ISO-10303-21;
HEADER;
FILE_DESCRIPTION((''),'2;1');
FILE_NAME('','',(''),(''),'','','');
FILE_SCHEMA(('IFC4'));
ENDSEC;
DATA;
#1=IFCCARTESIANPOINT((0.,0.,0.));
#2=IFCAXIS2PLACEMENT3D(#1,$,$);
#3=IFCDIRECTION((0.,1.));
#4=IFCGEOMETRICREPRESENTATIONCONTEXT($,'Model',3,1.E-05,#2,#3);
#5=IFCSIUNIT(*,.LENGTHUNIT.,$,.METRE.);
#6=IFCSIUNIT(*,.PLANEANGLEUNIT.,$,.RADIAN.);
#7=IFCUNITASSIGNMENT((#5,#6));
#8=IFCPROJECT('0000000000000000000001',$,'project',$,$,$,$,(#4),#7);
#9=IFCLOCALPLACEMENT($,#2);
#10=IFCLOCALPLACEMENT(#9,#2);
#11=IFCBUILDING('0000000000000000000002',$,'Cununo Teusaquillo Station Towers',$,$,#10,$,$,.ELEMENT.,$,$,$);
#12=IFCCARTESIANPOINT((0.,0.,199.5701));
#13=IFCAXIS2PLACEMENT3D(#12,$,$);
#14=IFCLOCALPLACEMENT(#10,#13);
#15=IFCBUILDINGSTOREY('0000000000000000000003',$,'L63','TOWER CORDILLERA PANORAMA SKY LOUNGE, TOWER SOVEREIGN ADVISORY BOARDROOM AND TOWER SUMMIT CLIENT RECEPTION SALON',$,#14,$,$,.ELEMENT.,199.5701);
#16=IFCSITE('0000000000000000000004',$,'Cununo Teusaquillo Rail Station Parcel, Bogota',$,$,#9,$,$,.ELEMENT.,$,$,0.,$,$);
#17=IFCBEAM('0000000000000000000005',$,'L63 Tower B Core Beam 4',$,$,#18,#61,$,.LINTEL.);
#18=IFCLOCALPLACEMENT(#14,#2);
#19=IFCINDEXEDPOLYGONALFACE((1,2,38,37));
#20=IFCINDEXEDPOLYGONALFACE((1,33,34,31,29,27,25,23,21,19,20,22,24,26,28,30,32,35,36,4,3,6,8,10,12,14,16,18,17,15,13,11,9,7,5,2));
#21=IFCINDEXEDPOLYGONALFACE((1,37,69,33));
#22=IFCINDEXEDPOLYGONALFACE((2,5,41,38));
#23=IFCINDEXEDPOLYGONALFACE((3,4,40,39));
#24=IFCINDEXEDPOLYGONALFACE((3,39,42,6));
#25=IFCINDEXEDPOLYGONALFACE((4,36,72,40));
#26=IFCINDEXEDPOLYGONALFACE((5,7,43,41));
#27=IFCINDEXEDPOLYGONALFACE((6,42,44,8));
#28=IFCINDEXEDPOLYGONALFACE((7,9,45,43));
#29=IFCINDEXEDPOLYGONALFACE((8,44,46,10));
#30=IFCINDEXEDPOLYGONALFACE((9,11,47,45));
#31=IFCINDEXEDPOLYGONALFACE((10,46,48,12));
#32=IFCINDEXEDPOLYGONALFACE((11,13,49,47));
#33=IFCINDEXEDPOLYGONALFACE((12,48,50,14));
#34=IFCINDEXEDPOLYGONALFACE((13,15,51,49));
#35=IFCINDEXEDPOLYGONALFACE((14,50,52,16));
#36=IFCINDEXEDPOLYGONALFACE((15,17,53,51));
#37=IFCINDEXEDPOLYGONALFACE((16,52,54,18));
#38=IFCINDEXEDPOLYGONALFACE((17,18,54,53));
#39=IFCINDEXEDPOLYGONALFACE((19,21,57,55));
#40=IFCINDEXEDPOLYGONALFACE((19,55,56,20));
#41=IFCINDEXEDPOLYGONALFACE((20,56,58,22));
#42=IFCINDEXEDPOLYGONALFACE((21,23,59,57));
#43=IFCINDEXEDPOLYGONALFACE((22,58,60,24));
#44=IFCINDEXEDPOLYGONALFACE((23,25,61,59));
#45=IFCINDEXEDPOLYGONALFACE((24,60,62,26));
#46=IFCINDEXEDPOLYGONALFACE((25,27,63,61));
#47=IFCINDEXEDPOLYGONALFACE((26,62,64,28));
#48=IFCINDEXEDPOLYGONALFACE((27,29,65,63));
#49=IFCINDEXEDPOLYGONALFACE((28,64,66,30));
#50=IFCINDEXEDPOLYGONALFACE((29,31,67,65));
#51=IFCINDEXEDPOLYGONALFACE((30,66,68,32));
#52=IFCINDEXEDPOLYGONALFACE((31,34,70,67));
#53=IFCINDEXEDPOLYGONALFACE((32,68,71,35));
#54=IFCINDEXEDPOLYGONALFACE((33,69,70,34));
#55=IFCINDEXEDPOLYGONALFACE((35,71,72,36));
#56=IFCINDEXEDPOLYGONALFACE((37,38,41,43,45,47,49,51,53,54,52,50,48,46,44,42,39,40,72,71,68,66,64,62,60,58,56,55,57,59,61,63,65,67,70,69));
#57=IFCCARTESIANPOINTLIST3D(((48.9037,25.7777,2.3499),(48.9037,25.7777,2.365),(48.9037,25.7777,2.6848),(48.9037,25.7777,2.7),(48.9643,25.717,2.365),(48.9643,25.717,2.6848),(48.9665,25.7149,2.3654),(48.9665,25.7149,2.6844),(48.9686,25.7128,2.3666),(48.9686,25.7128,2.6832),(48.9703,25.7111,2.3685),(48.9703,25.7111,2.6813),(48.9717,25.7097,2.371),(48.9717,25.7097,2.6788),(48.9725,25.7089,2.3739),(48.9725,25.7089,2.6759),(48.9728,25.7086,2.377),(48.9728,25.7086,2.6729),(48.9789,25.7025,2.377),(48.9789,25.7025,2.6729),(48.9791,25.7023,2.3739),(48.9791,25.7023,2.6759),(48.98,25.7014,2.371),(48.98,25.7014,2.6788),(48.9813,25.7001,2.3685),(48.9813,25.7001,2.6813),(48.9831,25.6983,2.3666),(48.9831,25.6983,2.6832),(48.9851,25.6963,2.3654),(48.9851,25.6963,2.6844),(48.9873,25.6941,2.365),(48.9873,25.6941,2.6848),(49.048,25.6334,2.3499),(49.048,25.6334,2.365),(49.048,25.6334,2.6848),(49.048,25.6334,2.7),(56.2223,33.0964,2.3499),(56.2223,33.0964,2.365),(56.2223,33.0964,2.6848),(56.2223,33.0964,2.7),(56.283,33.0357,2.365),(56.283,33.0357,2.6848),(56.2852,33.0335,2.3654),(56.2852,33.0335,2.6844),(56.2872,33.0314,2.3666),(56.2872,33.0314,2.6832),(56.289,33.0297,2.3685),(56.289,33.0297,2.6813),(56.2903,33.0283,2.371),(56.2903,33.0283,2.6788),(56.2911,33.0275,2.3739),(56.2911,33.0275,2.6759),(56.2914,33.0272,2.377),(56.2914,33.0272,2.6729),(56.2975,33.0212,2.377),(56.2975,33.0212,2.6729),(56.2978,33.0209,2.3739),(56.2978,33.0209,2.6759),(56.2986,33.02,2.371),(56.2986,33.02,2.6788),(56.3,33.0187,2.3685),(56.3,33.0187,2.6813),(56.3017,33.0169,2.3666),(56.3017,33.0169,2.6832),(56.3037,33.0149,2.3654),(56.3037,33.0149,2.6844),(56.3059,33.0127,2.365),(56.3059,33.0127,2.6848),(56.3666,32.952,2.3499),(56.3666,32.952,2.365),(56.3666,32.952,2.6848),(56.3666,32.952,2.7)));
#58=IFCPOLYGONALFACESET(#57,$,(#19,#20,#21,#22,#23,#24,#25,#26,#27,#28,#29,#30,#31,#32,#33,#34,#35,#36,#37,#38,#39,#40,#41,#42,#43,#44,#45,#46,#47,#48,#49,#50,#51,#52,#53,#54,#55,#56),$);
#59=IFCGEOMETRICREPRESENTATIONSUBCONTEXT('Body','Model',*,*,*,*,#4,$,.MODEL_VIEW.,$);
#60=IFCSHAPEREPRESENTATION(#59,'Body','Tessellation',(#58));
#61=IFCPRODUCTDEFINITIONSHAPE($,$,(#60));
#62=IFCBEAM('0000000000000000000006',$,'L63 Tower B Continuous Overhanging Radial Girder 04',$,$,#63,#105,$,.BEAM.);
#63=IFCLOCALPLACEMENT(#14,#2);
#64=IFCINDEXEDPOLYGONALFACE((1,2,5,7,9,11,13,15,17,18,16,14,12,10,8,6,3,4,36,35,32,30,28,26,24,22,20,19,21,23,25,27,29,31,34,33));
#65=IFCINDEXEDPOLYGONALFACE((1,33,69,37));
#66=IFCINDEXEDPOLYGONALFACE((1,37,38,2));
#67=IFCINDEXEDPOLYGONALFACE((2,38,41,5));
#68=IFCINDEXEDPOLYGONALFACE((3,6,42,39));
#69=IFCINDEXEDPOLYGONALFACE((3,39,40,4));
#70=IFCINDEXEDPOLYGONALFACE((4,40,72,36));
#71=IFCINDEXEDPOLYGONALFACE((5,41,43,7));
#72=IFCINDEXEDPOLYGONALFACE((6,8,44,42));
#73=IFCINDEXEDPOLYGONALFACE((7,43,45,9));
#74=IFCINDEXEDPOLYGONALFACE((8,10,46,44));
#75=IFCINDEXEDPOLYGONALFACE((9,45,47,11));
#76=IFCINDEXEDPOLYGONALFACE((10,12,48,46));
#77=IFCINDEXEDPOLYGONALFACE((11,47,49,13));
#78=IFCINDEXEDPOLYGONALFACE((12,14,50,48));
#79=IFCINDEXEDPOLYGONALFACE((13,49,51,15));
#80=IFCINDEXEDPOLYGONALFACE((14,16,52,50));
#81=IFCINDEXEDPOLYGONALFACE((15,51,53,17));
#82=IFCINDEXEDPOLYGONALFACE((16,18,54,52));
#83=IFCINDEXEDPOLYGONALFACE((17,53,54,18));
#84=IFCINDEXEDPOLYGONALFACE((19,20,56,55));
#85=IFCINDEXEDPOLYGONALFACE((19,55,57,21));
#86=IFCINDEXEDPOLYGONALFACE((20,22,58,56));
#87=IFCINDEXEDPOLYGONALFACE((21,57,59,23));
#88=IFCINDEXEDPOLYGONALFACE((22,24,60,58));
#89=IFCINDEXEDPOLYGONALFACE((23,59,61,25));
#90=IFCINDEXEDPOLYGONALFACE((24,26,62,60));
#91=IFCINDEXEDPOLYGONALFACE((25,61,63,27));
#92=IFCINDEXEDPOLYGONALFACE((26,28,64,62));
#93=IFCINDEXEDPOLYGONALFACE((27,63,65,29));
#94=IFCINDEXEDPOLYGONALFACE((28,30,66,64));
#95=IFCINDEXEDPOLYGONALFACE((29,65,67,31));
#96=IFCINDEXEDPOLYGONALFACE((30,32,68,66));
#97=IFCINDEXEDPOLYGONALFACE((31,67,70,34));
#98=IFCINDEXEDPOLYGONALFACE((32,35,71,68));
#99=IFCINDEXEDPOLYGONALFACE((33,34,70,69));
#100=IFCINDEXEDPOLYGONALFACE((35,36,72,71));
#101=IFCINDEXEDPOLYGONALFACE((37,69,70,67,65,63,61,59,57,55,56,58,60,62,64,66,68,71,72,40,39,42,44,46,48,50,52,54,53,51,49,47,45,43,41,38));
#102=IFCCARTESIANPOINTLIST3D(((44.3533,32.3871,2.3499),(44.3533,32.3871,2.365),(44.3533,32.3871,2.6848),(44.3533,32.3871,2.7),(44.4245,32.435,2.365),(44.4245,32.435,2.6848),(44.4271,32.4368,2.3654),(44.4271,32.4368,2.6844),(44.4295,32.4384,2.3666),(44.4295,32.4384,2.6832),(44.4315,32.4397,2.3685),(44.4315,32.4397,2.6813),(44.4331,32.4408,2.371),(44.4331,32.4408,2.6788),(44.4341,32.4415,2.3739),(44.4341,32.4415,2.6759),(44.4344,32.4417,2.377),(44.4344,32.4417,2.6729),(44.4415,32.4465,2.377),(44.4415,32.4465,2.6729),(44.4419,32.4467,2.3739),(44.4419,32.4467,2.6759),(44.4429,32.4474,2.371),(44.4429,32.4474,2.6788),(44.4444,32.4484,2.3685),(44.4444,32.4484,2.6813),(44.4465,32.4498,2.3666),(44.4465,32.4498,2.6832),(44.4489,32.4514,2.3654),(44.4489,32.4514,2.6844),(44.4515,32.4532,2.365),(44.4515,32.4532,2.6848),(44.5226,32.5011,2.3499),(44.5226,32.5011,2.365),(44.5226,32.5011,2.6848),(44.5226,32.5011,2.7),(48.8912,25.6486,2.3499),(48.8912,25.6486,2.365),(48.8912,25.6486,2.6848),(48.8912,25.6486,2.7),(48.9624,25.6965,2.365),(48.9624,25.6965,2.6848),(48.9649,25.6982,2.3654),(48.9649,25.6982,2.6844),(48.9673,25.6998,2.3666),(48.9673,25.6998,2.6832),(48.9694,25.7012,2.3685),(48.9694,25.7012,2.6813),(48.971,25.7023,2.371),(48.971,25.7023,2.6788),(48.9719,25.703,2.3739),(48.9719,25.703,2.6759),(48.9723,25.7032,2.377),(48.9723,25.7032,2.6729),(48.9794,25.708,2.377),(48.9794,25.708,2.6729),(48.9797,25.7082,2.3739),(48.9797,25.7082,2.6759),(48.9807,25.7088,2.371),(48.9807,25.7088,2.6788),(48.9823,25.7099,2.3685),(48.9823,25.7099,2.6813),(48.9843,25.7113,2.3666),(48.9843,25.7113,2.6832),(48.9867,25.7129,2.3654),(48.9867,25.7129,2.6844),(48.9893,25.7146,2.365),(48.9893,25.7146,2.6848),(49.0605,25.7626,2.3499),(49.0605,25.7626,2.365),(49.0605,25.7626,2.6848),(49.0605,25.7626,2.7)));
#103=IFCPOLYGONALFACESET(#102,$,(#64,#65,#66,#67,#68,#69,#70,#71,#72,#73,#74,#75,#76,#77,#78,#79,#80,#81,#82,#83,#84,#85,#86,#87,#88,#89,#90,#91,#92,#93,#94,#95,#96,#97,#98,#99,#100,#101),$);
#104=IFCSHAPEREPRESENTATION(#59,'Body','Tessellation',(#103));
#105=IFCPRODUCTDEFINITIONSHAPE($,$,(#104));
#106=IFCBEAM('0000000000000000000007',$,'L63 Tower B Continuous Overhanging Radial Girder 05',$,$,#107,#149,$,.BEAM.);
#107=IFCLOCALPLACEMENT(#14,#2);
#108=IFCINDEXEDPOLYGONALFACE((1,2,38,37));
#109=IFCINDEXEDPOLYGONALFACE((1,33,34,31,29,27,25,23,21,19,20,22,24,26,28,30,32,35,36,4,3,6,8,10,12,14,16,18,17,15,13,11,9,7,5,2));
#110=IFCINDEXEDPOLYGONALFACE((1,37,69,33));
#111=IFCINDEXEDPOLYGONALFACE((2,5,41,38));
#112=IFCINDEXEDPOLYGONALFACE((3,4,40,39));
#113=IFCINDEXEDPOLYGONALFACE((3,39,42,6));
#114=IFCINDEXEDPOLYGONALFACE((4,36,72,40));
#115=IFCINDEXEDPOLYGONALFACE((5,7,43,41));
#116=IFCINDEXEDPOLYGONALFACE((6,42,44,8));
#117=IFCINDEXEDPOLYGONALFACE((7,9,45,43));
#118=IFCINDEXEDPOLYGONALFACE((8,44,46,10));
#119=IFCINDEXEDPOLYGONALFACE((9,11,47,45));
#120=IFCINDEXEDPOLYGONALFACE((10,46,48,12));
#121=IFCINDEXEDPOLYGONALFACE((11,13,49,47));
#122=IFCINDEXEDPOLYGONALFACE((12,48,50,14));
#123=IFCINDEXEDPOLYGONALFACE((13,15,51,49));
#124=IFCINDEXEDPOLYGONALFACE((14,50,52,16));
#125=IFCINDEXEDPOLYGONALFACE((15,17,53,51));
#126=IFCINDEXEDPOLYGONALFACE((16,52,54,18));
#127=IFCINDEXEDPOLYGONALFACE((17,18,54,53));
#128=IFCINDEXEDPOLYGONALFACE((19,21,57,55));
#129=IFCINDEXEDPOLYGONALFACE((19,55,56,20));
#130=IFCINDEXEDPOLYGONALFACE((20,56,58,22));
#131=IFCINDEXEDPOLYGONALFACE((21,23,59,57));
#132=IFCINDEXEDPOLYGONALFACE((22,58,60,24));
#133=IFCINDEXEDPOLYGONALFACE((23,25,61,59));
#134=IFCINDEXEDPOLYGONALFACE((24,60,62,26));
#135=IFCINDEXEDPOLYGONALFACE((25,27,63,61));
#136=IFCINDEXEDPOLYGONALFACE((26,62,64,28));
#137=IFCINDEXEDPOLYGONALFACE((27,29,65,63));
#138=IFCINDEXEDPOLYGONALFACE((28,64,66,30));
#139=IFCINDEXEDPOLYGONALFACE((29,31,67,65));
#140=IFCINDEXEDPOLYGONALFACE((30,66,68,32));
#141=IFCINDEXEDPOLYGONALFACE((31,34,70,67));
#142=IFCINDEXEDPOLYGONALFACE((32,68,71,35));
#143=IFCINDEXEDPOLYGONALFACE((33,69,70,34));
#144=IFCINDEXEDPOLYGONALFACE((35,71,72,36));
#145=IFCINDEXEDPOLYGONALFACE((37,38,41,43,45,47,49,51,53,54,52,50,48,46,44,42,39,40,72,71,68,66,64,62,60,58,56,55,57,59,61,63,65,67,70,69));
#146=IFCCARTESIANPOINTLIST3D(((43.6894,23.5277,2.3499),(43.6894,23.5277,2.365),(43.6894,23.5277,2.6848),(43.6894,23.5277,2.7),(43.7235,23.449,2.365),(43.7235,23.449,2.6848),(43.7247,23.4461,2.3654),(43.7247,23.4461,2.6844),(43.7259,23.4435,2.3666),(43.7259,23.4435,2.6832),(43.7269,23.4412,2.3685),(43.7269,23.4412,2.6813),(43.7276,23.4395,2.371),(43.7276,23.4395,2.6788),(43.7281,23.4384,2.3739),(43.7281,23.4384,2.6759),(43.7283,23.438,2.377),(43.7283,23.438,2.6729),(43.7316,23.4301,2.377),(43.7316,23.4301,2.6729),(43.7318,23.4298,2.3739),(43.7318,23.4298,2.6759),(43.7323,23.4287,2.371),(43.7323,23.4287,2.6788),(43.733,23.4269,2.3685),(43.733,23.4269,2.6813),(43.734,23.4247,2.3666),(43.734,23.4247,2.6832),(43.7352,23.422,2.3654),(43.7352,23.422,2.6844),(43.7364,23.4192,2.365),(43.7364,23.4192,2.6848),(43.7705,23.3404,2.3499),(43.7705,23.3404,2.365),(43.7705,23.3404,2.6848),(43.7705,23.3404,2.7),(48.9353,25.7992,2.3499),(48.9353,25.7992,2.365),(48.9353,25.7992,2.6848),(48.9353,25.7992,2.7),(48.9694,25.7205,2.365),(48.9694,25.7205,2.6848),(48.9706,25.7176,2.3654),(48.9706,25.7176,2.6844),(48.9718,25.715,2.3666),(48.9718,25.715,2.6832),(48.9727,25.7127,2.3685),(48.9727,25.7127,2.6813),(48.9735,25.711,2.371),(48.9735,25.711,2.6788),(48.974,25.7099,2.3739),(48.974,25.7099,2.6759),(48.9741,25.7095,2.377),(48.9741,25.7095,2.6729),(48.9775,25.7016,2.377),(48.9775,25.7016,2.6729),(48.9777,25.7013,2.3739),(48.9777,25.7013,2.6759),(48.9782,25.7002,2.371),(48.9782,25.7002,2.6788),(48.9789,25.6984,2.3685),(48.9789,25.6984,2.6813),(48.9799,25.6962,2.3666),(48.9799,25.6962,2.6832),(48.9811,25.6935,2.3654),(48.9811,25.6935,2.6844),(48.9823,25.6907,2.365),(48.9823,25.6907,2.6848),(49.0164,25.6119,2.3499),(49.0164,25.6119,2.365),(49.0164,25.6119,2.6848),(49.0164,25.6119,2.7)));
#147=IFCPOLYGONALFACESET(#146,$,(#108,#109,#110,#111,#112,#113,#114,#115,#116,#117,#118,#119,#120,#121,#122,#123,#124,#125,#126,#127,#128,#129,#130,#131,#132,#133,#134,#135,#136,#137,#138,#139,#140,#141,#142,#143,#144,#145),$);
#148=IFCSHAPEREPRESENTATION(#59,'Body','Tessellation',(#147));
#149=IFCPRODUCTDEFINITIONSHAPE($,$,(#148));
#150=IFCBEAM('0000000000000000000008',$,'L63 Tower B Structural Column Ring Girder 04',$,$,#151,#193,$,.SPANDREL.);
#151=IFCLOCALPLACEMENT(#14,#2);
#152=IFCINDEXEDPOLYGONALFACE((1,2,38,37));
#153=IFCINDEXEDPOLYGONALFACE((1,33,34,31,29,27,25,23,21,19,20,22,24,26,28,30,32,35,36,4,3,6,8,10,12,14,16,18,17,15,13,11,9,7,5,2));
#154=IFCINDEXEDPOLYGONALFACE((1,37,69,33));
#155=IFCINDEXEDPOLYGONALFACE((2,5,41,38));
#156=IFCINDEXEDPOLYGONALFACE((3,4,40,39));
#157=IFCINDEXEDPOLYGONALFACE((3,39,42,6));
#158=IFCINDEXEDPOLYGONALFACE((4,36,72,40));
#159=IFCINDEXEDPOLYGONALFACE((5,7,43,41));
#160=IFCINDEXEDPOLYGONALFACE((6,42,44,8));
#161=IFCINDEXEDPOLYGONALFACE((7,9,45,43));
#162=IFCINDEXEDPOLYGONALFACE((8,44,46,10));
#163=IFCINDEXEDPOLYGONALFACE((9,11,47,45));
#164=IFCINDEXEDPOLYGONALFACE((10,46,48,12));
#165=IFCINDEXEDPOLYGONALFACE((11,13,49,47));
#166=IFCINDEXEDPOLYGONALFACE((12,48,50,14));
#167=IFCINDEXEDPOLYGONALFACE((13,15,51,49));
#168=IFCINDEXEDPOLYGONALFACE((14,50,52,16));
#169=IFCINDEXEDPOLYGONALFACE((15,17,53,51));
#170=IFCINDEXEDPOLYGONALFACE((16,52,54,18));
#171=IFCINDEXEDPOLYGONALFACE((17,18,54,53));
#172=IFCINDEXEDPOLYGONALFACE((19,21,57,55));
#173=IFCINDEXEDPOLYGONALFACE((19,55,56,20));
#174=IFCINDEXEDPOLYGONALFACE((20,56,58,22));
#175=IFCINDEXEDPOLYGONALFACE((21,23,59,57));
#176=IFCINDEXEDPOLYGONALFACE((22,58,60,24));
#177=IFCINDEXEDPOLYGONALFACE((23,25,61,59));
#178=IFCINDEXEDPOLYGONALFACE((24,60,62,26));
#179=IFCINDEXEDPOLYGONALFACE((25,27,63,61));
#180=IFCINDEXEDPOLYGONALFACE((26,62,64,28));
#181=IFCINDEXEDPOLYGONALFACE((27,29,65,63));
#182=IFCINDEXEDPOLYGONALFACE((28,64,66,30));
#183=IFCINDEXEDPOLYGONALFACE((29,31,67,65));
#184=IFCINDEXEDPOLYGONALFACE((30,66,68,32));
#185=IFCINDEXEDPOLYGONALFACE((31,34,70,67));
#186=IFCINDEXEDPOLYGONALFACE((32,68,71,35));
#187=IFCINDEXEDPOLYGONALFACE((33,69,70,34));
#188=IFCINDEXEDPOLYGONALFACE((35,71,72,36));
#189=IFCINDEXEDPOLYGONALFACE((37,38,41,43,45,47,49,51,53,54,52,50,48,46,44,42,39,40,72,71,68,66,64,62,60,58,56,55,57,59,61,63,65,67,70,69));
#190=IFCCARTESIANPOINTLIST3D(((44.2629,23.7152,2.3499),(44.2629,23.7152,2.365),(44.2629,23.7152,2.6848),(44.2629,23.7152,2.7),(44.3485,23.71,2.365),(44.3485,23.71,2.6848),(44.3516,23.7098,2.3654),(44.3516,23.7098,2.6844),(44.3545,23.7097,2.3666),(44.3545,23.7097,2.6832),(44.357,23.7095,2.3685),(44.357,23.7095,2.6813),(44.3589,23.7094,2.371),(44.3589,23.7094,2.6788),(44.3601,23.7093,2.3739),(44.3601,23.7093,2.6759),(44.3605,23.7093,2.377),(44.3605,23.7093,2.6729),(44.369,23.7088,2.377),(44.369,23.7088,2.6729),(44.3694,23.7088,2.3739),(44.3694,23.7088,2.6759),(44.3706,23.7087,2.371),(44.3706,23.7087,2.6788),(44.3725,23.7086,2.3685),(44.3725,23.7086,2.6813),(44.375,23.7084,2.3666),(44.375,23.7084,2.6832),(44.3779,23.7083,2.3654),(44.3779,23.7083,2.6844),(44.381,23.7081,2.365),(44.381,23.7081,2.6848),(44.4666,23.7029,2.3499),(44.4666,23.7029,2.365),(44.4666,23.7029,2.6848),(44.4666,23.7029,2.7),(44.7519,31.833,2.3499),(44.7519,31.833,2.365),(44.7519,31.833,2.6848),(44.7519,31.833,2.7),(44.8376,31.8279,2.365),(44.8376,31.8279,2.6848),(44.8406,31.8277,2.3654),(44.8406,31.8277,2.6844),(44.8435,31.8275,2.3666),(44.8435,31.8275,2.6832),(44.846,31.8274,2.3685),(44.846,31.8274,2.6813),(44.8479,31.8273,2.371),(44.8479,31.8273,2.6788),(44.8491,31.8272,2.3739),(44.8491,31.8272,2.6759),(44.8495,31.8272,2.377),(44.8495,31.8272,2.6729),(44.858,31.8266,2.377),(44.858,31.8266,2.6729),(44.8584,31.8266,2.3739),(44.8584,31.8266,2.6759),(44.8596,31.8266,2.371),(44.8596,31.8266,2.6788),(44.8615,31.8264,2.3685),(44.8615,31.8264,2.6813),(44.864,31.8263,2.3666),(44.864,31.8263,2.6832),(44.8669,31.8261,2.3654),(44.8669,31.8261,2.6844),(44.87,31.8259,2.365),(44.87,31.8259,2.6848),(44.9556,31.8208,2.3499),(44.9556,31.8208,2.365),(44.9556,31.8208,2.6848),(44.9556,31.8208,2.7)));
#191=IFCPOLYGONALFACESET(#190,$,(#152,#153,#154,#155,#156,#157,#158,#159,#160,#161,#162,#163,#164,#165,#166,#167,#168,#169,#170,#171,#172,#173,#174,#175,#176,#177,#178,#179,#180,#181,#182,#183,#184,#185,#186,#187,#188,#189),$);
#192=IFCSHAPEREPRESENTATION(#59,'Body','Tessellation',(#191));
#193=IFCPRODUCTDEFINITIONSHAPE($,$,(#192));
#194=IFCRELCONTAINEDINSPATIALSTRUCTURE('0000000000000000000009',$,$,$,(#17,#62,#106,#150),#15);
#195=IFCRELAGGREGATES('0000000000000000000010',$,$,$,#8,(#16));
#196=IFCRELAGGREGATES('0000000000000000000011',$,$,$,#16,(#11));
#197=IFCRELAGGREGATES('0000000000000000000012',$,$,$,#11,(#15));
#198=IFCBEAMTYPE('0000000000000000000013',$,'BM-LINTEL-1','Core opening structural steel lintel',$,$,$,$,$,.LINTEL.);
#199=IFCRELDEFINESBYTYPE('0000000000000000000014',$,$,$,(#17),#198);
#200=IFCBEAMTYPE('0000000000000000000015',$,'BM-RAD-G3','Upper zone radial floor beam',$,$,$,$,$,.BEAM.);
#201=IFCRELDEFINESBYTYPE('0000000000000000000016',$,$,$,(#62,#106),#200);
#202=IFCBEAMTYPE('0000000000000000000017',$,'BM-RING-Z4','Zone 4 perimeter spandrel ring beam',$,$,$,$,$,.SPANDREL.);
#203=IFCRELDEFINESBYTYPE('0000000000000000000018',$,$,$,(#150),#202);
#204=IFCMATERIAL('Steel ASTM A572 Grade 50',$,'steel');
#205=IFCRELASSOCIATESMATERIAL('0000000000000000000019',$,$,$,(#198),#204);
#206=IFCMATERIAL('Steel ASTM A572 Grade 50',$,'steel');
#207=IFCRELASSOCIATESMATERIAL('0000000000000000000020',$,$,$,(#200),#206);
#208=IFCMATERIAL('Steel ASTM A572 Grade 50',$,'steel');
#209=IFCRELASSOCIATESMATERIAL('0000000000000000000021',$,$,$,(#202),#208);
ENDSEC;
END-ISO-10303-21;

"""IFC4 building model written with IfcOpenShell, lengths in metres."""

from ifc_helpers import new_model, si_unit, direction, frame, origin, origin_2d, place, context, subcontext, project, spatial, i_section, extrude, material, material_profile, profile_set, type_object, element, save


model = new_model("IFC4")

# Units and contexts
model_context = context("Model", 3, precision=1e-05, world=origin(), true_north=direction((0.0, 1.0)))
body_context = subcontext(model_context, "Body", "Model", "MODEL_VIEW")
ifc_project = project(units=[si_unit("LENGTHUNIT", "METRE"), si_unit("PLANEANGLEUNIT", "RADIAN")], contexts=[model_context])

# Site, building, storey
site_placement = place(None, origin())
site = spatial("IfcSite", under=ifc_project, at=site_placement, Name="Cununo Teusaquillo Rail Station Parcel, Bogota", CompositionType="ELEMENT", RefElevation=0.0)
building_placement = place(site_placement, origin())
building = spatial("IfcBuilding", under=site, at=building_placement, Name="Cununo Teusaquillo Station Towers", CompositionType="ELEMENT")
storey_placement = place(building_placement, frame((0.0, 0.0, 199.5701)))
storey = spatial("IfcBuildingStorey", under=building, at=storey_placement, Name="L63", Description="TOWER CORDILLERA PANORAMA SKY LOUNGE, TOWER SOVEREIGN ADVISORY BOARDROOM AND TOWER SUMMIT CLIENT RECEPTION SALON", CompositionType="ELEMENT", Elevation=199.5701)

# Beams
ifc_material_1 = material(Name="Steel ASTM A572 Grade 50", Category="steel")
ifc_material_profile_1 = material_profile(ifc_material_1, i_section(OverallWidth=0.2041, OverallDepth=0.3501, WebThickness=0.0085, FlangeThickness=0.0151, FilletRadius=0.012, at=origin_2d()), Name="W14X48")
ifc_profile_set_1 = profile_set([ifc_material_profile_1], Name="Steel ASTM A572 Grade 50")
beam_type_1 = type_object("IfcBeamType", Name="BM-LINTEL-1", Description="Core opening structural steel lintel", PredefinedType="LINTEL", material=ifc_profile_set_1)
beam_1_placement = place(storey_placement, frame((48.9758, 25.7056, 2.5249), z_axis=(0.707107, 0.707107, 0.0), x_axis=(-0.707107, 0.707107, 0.0)))
element("IfcBeam", 1, at=beam_1_placement, inside=storey, type_object=beam_type_1, Name="L63 Tower B Core Beam 4", PredefinedType="LINTEL", context=body_context, shape_type="SweptSolid", body=[
    extrude(i_section(OverallWidth=0.2041, OverallDepth=0.3501, WebThickness=0.0085, FlangeThickness=0.0151, FilletRadius=0.012, at=origin_2d()), origin(), (0.0, 0.0, 1.0), 10.3501),
])
ifc_material_2 = material(Name="Steel ASTM A572 Grade 50", Category="steel")
ifc_material_profile_2 = material_profile(ifc_material_2, i_section(OverallWidth=0.2041, OverallDepth=0.3501, WebThickness=0.0085, FlangeThickness=0.0151, FilletRadius=0.012, at=origin_2d()), Name="W14X48")
ifc_profile_set_2 = profile_set([ifc_material_profile_2], Name="Steel ASTM A572 Grade 50")
beam_type_2 = type_object("IfcBeamType", Name="BM-RAD-G3", Description="Upper zone radial floor beam", PredefinedType="BEAM", material=ifc_profile_set_2)
beam_2_placement = place(storey_placement, frame((48.9758, 25.7056, 2.5249), z_axis=(-0.558571, 0.829457, 0.0), x_axis=(-0.829457, -0.558571, 0.0)))
element("IfcBeam", 2, at=beam_2_placement, inside=storey, type_object=beam_type_2, Name="L63 Tower B Continuous Overhanging Radial Girder 04", PredefinedType="BEAM", context=body_context, shape_type="SweptSolid", body=[
    extrude(i_section(OverallWidth=0.2041, OverallDepth=0.3501, WebThickness=0.0085, FlangeThickness=0.0151, FilletRadius=0.012, at=origin_2d()), origin(), (0.0, 0.0, 1.0), 8.124),
])
beam_3_placement = place(storey_placement, frame((48.9758, 25.7056, 2.5249), z_axis=(-0.917665, -0.397355, 0.0), x_axis=(0.397355, -0.917665, 0.0)))
element("IfcBeam", 3, at=beam_3_placement, inside=storey, type_object=beam_type_2, Name="L63 Tower B Continuous Overhanging Radial Girder 05", PredefinedType="BEAM", context=body_context, shape_type="SweptSolid", body=[
    extrude(i_section(OverallWidth=0.2041, OverallDepth=0.3501, WebThickness=0.0085, FlangeThickness=0.0151, FilletRadius=0.012, at=origin_2d()), origin(), (0.0, 0.0, 1.0), 5.7166),
])
ifc_material_3 = material(Name="Steel ASTM A572 Grade 50", Category="steel")
ifc_material_profile_3 = material_profile(ifc_material_3, i_section(OverallWidth=0.2041, OverallDepth=0.3501, WebThickness=0.0085, FlangeThickness=0.0151, FilletRadius=0.012, at=origin_2d()), Name="W14X48")
ifc_profile_set_3 = profile_set([ifc_material_profile_3], Name="Steel ASTM A572 Grade 50")
beam_type_3 = type_object("IfcBeamType", Name="BM-RING-Z4", Description="Zone 4 perimeter spandrel ring beam", PredefinedType="SPANDREL", material=ifc_profile_set_3)
beam_4_placement = place(storey_placement, frame((44.8538, 31.8269, 2.5249), z_axis=(-0.06013, -0.998191, 0.0), x_axis=(0.998191, -0.06013, 0.0)))
element("IfcBeam", 4, at=beam_4_placement, inside=storey, type_object=beam_type_3, Name="L63 Tower B Structural Column Ring Girder 04", PredefinedType="SPANDREL", context=body_context, shape_type="SweptSolid", body=[
    extrude(i_section(OverallWidth=0.2041, OverallDepth=0.3501, WebThickness=0.0085, FlangeThickness=0.0151, FilletRadius=0.012, at=origin_2d()), origin(), (0.0, 0.0, 1.0), 8.1326),
])

save(model, "model.ifc")
